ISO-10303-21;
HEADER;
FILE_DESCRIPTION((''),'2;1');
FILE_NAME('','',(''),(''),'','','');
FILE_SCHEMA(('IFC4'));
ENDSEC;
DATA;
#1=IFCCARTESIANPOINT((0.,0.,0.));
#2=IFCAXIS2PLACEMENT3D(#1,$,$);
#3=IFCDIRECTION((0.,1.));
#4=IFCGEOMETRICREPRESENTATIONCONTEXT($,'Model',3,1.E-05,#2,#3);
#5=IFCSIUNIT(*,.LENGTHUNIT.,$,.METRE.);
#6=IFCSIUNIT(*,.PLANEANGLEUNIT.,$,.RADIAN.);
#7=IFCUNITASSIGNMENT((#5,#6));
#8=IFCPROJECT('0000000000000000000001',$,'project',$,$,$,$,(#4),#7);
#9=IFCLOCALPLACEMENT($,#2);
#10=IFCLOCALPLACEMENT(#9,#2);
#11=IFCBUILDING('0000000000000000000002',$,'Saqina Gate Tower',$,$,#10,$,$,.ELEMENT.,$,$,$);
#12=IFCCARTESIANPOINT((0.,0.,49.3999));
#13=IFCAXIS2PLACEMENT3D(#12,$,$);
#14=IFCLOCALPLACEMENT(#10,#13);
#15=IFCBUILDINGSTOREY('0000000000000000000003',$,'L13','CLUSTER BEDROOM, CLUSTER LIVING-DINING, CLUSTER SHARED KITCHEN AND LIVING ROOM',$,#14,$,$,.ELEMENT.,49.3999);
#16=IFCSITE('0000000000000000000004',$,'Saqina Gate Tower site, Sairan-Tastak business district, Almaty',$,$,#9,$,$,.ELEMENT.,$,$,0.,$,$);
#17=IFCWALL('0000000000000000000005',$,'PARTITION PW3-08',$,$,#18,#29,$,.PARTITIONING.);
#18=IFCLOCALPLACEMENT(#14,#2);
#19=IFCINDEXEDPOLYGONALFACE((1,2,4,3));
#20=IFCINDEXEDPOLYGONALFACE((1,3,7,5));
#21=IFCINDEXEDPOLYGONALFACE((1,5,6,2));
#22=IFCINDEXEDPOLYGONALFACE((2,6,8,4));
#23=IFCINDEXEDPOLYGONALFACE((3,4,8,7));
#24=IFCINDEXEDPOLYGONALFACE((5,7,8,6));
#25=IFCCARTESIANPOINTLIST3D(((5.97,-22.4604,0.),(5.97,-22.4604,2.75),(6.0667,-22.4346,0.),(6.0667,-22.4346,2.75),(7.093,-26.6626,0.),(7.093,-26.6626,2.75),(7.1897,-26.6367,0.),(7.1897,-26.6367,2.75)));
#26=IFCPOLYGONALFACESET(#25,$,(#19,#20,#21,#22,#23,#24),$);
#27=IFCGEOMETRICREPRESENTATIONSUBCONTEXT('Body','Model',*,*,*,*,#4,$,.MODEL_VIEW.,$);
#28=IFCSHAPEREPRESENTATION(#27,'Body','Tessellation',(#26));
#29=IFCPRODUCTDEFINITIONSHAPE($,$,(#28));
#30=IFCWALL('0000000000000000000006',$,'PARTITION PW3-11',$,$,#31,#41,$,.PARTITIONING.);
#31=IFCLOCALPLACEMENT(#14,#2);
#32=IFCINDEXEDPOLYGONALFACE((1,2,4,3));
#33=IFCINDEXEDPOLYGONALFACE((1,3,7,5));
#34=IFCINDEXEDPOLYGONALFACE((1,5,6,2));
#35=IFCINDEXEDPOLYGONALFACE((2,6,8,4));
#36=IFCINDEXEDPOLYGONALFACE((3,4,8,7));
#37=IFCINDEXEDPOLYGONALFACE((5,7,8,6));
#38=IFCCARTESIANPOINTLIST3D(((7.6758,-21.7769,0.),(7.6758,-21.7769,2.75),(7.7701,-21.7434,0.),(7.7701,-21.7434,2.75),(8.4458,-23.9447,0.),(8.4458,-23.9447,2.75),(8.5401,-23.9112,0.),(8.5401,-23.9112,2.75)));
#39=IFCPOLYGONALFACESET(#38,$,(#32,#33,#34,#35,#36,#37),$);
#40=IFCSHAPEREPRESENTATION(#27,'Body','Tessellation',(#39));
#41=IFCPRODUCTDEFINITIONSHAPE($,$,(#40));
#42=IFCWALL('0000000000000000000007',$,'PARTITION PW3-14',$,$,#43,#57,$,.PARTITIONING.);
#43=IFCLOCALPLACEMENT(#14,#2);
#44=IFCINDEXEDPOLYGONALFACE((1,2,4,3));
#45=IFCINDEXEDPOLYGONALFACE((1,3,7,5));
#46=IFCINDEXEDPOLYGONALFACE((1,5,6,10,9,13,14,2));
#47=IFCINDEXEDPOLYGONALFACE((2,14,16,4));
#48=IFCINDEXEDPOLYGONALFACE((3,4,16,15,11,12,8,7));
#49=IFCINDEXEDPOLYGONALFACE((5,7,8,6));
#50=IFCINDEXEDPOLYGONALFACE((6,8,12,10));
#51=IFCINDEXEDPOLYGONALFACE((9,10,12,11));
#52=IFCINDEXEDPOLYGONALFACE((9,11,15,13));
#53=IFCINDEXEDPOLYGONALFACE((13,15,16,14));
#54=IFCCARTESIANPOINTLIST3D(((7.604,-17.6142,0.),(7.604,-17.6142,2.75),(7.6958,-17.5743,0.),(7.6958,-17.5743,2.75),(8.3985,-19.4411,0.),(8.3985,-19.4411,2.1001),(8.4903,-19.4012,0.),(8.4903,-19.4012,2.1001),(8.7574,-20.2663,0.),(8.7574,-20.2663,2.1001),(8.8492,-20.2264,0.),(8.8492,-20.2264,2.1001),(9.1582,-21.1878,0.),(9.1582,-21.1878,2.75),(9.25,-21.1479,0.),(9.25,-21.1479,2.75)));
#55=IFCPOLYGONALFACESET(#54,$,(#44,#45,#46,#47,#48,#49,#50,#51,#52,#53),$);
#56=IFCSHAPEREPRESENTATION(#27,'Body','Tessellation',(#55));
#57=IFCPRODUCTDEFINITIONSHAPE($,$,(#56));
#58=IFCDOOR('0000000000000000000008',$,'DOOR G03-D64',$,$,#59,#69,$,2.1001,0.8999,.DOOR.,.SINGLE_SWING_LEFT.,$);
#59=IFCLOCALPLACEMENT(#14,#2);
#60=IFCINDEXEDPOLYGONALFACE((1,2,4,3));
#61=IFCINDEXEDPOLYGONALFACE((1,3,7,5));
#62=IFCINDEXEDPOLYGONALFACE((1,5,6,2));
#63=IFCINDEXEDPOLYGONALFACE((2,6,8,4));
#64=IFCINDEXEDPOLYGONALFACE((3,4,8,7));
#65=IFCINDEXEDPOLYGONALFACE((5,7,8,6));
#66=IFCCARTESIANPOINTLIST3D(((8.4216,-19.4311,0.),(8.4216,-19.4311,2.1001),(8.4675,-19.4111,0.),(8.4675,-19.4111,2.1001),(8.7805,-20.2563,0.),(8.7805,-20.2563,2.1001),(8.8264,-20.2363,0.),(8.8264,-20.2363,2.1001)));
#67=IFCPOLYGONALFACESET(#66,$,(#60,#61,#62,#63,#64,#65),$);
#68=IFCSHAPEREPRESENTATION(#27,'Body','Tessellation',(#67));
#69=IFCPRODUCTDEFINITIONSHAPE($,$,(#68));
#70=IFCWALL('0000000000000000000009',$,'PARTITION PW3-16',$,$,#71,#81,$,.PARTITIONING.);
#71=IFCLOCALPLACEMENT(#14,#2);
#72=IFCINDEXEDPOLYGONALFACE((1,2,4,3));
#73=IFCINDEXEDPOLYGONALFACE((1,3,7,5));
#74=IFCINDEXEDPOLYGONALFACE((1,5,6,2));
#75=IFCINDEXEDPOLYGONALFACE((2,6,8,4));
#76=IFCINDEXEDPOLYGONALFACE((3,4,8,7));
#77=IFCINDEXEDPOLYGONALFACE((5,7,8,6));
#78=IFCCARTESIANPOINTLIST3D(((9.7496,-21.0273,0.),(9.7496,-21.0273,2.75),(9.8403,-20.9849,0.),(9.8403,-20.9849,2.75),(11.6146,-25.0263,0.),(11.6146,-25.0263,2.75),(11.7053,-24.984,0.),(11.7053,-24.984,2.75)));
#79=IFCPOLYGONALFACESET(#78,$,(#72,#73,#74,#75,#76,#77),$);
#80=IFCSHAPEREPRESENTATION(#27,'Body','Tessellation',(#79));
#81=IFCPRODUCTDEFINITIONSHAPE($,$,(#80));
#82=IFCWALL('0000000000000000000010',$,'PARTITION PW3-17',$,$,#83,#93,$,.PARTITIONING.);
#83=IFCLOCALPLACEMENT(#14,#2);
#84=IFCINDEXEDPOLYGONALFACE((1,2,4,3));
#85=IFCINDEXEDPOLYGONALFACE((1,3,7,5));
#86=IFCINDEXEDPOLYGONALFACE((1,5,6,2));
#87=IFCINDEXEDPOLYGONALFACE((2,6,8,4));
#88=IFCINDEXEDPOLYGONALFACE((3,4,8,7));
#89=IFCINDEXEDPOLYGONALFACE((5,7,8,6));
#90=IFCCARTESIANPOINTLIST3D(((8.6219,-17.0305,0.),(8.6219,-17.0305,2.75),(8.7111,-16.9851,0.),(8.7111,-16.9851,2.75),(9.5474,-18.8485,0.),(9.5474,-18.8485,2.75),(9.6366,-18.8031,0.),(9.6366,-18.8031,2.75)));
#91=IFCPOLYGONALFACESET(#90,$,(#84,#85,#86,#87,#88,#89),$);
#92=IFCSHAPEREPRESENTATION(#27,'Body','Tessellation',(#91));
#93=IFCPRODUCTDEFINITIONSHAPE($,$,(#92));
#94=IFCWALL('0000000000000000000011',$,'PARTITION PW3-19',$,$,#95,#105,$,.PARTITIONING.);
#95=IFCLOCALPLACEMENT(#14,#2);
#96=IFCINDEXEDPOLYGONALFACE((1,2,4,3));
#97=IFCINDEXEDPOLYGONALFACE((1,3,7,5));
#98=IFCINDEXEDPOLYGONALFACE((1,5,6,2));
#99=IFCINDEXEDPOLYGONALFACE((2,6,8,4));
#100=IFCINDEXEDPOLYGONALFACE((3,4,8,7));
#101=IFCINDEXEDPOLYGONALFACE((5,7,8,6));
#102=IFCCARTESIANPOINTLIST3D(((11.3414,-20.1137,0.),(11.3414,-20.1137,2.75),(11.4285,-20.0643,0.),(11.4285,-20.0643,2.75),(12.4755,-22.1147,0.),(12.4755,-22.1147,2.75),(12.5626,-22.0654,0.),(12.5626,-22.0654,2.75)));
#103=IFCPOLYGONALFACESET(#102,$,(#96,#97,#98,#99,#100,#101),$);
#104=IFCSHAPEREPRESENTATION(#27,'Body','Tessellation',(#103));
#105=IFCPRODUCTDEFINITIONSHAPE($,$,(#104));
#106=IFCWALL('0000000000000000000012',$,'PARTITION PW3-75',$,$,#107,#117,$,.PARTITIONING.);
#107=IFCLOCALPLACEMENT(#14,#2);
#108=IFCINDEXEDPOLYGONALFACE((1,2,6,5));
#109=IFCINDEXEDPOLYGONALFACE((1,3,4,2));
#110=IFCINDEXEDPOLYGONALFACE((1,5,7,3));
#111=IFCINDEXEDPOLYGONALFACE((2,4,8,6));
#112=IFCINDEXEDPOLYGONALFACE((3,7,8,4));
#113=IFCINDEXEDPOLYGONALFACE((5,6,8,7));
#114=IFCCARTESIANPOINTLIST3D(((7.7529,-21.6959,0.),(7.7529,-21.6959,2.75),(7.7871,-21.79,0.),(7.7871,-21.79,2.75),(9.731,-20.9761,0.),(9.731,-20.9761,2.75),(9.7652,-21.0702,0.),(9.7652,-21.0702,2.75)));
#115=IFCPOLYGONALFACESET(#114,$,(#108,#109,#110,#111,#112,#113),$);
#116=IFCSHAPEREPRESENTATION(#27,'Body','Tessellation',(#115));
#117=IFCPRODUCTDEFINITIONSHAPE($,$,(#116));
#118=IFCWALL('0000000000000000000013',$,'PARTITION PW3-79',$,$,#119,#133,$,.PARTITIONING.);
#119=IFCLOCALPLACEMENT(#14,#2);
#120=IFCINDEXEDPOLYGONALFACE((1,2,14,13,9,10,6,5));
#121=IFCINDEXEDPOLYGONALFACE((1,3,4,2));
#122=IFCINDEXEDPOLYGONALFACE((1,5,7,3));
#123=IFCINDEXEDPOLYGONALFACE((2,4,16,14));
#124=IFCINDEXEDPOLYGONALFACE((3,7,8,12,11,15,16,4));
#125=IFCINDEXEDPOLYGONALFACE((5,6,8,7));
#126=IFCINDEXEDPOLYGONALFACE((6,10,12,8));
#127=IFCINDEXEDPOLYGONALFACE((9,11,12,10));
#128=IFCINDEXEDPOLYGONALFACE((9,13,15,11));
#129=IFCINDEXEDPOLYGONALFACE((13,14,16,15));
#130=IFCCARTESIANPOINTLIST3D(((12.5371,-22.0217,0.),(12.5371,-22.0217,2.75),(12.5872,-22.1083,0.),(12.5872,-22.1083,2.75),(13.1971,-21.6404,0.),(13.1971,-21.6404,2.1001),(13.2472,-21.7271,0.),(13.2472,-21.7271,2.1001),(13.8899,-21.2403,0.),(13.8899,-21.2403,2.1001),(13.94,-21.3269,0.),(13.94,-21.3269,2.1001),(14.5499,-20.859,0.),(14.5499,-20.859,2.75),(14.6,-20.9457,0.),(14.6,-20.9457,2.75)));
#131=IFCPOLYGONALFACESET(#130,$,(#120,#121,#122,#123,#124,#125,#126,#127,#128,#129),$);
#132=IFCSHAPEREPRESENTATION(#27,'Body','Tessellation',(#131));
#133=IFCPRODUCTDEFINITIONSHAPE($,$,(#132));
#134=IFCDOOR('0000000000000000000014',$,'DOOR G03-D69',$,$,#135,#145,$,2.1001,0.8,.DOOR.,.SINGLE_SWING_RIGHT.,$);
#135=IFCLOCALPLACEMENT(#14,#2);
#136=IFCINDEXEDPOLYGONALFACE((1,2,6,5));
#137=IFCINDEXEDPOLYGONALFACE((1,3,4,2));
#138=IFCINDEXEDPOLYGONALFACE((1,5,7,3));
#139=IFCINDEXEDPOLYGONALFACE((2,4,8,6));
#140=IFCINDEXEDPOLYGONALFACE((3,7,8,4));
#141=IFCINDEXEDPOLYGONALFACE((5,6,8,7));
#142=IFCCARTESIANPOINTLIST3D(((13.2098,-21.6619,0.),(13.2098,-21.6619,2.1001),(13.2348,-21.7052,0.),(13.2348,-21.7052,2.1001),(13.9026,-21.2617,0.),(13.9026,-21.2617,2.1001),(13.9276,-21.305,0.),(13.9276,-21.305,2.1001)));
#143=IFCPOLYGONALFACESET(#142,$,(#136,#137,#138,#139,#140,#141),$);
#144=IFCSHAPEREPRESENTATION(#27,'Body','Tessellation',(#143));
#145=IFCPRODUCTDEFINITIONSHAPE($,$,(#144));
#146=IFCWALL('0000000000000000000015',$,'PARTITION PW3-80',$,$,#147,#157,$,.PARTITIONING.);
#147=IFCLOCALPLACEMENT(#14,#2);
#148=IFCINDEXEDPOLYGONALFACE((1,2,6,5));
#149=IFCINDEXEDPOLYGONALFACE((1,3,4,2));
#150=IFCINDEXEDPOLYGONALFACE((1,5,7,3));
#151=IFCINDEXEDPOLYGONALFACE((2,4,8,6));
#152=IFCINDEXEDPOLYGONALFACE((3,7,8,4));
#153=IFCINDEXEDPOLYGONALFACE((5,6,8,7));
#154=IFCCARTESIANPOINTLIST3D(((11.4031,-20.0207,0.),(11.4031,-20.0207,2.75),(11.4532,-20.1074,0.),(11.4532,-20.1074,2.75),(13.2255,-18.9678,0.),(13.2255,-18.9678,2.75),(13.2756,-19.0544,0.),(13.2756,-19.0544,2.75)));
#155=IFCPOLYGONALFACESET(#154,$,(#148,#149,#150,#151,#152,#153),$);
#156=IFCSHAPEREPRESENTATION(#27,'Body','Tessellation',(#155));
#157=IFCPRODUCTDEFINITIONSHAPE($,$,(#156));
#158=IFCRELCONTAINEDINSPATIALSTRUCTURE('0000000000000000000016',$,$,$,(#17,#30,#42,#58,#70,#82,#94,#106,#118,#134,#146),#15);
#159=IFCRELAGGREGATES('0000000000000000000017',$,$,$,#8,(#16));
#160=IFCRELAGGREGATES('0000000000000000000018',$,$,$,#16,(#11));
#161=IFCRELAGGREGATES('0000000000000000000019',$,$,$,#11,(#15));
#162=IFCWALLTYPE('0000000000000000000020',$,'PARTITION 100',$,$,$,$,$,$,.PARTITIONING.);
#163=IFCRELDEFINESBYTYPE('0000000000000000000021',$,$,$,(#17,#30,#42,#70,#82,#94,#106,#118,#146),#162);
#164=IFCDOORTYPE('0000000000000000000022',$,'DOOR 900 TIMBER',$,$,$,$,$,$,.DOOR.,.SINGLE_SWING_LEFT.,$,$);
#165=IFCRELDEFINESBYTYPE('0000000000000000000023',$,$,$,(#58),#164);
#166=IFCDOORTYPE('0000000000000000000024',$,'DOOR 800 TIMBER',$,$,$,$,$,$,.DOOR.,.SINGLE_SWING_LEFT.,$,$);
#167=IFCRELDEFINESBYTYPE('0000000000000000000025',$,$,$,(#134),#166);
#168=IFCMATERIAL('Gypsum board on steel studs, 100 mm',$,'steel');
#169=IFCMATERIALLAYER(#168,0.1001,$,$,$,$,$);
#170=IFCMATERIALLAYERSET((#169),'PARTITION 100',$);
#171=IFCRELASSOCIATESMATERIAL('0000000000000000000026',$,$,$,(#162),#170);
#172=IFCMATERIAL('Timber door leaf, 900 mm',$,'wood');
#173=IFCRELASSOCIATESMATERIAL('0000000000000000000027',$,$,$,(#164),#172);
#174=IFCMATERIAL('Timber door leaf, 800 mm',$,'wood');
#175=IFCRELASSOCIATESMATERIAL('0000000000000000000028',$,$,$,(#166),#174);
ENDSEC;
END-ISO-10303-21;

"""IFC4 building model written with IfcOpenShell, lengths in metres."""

from ifc_helpers import new_model, si_unit, direction, frame, frame_2d, origin, place, context, subcontext, project, spatial, rectangle, extrude, material, layer, layer_set, type_object, element, fill, save


model = new_model("IFC4")

# Units and contexts
model_context = context("Model", 3, precision=1e-05, world=origin(), true_north=direction((0.0, 1.0)))
body_context = subcontext(model_context, "Body", "Model", "MODEL_VIEW")
ifc_project = project(units=[si_unit("LENGTHUNIT", "METRE"), si_unit("PLANEANGLEUNIT", "RADIAN")], contexts=[model_context])

# Site, building, storey
site_placement = place(None, origin())
site = spatial("IfcSite", under=ifc_project, at=site_placement, Name="Saqina Gate Tower site, Sairan-Tastak business district, Almaty", CompositionType="ELEMENT", RefElevation=0.0)
building_placement = place(site_placement, origin())
building = spatial("IfcBuilding", under=site, at=building_placement, Name="Saqina Gate Tower", CompositionType="ELEMENT")
storey_placement = place(building_placement, frame((0.0, 0.0, 49.3999)))
storey = spatial("IfcBuildingStorey", under=building, at=storey_placement, Name="L13", Description="CLUSTER BEDROOM, CLUSTER LIVING-DINING, CLUSTER SHARED KITCHEN AND LIVING ROOM", CompositionType="ELEMENT", Elevation=49.3999)

# Walls
ifc_material_1 = material(Name="Gypsum board on steel studs, 100 mm", Category="steel")
ifc_layer_1 = layer(ifc_material_1, 0.1001)
ifc_layer_set_1 = layer_set([ifc_layer_1], Name="PARTITION 100")
wall_type_1 = type_object("IfcWallType", Name="PARTITION 100", PredefinedType="PARTITIONING", material=ifc_layer_set_1)
wall_1_placement = place(storey_placement, frame((6.0183, -22.4475, 0.0), z_axis=(0.0, 0.0, 1.0), x_axis=(0.258194, -0.966093, 0.0)))
element("IfcWall", 1, at=wall_1_placement, inside=storey, type_object=wall_type_1, Name="PARTITION PW3-08", PredefinedType="PARTITIONING", context=body_context, shape_type="SweptSolid", body=[
    extrude(rectangle(XDim=4.3496, YDim=0.1001, at=frame_2d((2.1748, 0.0))), origin(), (0.0, 0.0, 1.0), 2.75),
])
wall_2_placement = place(storey_placement, frame((7.7229, -21.76, 0.0), z_axis=(0.0, 0.0, 1.0), x_axis=(0.334696, -0.942326, 0.0)))
element("IfcWall", 2, at=wall_2_placement, inside=storey, type_object=wall_type_1, Name="PARTITION PW3-11", PredefinedType="PARTITIONING", context=body_context, shape_type="SweptSolid", body=[
    extrude(rectangle(XDim=2.3005, YDim=0.1001, at=frame_2d((1.1504, 0.0))), origin(), (0.0, 0.0, 1.0), 2.75),
])

# Wall, opening, door
wall_3_placement = place(storey_placement, frame((7.6499, -17.5942, 0.0), z_axis=(0.0, 0.0, 1.0), x_axis=(0.398813, -0.917032, 0.0)))
wall_3 = element("IfcWall", 3, at=wall_3_placement, inside=storey, type_object=wall_type_1, Name="PARTITION PW3-14", PredefinedType="PARTITIONING", context=body_context, shape_type="SweptSolid", body=[
    extrude(rectangle(XDim=3.897, YDim=0.1001, at=frame_2d((1.9485, 0.0))), origin(), (0.0, 0.0, 1.0), 2.75),
])
opening_1_placement = place(wall_3_placement, frame((1.9922, 0.0, 0.0)))
opening_1 = element("IfcOpeningElement", 4, at=opening_1_placement, cuts=wall_3, PredefinedType="OPENING", context=body_context, shape_type="SweptSolid", body=[
    extrude(rectangle(XDim=0.8999, YDim=2.1001, at=frame_2d((0.45, 1.05))), frame((0.0, 0.062, 0.0), z_axis=(0.0, -1.0, 0.0), x_axis=(1.0, 0.0, 0.0)), (0.0, 0.0, 1.0), 0.124),
])
ifc_material_2 = material(Name="Timber door leaf, 900 mm", Category="wood")
door_type_1 = type_object("IfcDoorType", Name="DOOR 900 TIMBER", OperationType="SINGLE_SWING_LEFT", PredefinedType="DOOR", material=ifc_material_2)
door_1_placement = place(opening_1_placement, frame((0.8999, 0.0, 0.0), z_axis=(0.0, 0.0, 1.0), x_axis=(-1.0, 0.0, 0.0)))
door_1 = element("IfcDoor", 5, at=door_1_placement, inside=storey, type_object=door_type_1, Name="DOOR G03-D64", OperationType="SINGLE_SWING_LEFT", OverallHeight=2.1001, OverallWidth=0.8999, PredefinedType="DOOR", context=body_context, shape_type="SweptSolid", body=[
    extrude(rectangle(XDim=0.8999, YDim=2.1001, at=frame_2d((0.45, 1.05))), frame((0.0, 0.0249, 0.0), z_axis=(0.0, -1.0, 0.0), x_axis=(1.0, 0.0, 0.0)), (0.0, 0.0, 1.0), 0.05),
])
fill(opening_1, door_1)

# Walls
wall_4_placement = place(storey_placement, frame((9.7949, -21.0061, 0.0), z_axis=(0.0, 0.0, 1.0), x_axis=(0.422658, -0.906289, 0.0)))
element("IfcWall", 6, at=wall_4_placement, inside=storey, type_object=wall_type_1, Name="PARTITION PW3-16", PredefinedType="PARTITIONING", context=body_context, shape_type="SweptSolid", body=[
    extrude(rectangle(XDim=4.4126, YDim=0.1001, at=frame_2d((2.2063, 0.0))), origin(), (0.0, 0.0, 1.0), 2.75),
])
wall_5_placement = place(storey_placement, frame((8.6665, -17.0078, 0.0), z_axis=(0.0, 0.0, 1.0), x_axis=(0.453664, -0.891173, 0.0)))
element("IfcWall", 7, at=wall_5_placement, inside=storey, type_object=wall_type_1, Name="PARTITION PW3-17", PredefinedType="PARTITIONING", context=body_context, shape_type="SweptSolid", body=[
    extrude(rectangle(XDim=2.04, YDim=0.1001, at=frame_2d((1.02, 0.0))), origin(), (0.0, 0.0, 1.0), 2.75),
])
wall_6_placement = place(storey_placement, frame((11.385, -20.0891, 0.0), z_axis=(0.0, 0.0, 1.0), x_axis=(0.493061, -0.869995, 0.0)))
element("IfcWall", 8, at=wall_6_placement, inside=storey, type_object=wall_type_1, Name="PARTITION PW3-19", PredefinedType="PARTITIONING", context=body_context, shape_type="SweptSolid", body=[
    extrude(rectangle(XDim=2.3, YDim=0.1001, at=frame_2d((1.1499, 0.0))), origin(), (0.0, 0.0, 1.0), 2.75),
])
wall_7_placement = place(storey_placement, frame((7.77, -21.7429, 0.0), z_axis=(0.0, 0.0, 1.0), x_axis=(0.939726, 0.341929, 0.0)))
element("IfcWall", 9, at=wall_7_placement, inside=storey, type_object=wall_type_1, Name="PARTITION PW3-75", PredefinedType="PARTITIONING", context=body_context, shape_type="SweptSolid", body=[
    extrude(rectangle(XDim=2.105, YDim=0.1001, at=frame_2d((1.0525, 0.0))), origin(), (0.0, 0.0, 1.0), 2.75),
])

# Wall, opening, door
wall_8_placement = place(storey_placement, frame((12.5623, -22.0649, 0.0), z_axis=(0.0, 0.0, 1.0), x_axis=(0.86592, 0.500183, 0.0)))
wall_8 = element("IfcWall", 10, at=wall_8_placement, inside=storey, type_object=wall_type_1, Name="PARTITION PW3-79", PredefinedType="PARTITIONING", context=body_context, shape_type="SweptSolid", body=[
    extrude(rectangle(XDim=2.3245, YDim=0.1001, at=frame_2d((1.1621, 0.0))), origin(), (0.0, 0.0, 1.0), 2.75),
])
opening_2_placement = place(wall_8_placement, frame((0.7622, 0.0, 0.0)))
opening_2 = element("IfcOpeningElement", 11, at=opening_2_placement, cuts=wall_8, PredefinedType="OPENING", context=body_context, shape_type="SweptSolid", body=[
    extrude(rectangle(XDim=0.8, YDim=2.1001, at=frame_2d((0.3999, 1.05))), frame((0.0, 0.062, 0.0), z_axis=(0.0, -1.0, 0.0), x_axis=(1.0, 0.0, 0.0)), (0.0, 0.0, 1.0), 0.124),
])
ifc_material_3 = material(Name="Timber door leaf, 800 mm", Category="wood")
door_type_2 = type_object("IfcDoorType", Name="DOOR 800 TIMBER", OperationType="SINGLE_SWING_LEFT", PredefinedType="DOOR", material=ifc_material_3)
door_2_placement = place(opening_2_placement, frame((0.8, 0.0, 0.0), z_axis=(0.0, 0.0, 1.0), x_axis=(-1.0, 0.0, 0.0)))
door_2 = element("IfcDoor", 12, at=door_2_placement, inside=storey, type_object=door_type_2, Name="DOOR G03-D69", OperationType="SINGLE_SWING_RIGHT", OverallHeight=2.1001, OverallWidth=0.8, PredefinedType="DOOR", context=body_context, shape_type="SweptSolid", body=[
    extrude(rectangle(XDim=0.8, YDim=2.1001, at=frame_2d((0.3999, 1.05))), frame((0.0, 0.0249, 0.0), z_axis=(0.0, -1.0, 0.0), x_axis=(1.0, 0.0, 0.0)), (0.0, 0.0, 1.0), 0.05),
])
fill(opening_2, door_2)

# Wall
wall_9_placement = place(storey_placement, frame((11.4282, -20.064, 0.0), z_axis=(0.0, 0.0, 1.0), x_axis=(0.865871, 0.500268, 0.0)))
element("IfcWall", 13, at=wall_9_placement, inside=storey, type_object=wall_type_1, Name="PARTITION PW3-80", PredefinedType="PARTITIONING", context=body_context, shape_type="SweptSolid", body=[
    extrude(rectangle(XDim=2.1047, YDim=0.1001, at=frame_2d((1.0522, 0.0))), origin(), (0.0, 0.0, 1.0), 2.75),
])

save(model, "model.ifc")
